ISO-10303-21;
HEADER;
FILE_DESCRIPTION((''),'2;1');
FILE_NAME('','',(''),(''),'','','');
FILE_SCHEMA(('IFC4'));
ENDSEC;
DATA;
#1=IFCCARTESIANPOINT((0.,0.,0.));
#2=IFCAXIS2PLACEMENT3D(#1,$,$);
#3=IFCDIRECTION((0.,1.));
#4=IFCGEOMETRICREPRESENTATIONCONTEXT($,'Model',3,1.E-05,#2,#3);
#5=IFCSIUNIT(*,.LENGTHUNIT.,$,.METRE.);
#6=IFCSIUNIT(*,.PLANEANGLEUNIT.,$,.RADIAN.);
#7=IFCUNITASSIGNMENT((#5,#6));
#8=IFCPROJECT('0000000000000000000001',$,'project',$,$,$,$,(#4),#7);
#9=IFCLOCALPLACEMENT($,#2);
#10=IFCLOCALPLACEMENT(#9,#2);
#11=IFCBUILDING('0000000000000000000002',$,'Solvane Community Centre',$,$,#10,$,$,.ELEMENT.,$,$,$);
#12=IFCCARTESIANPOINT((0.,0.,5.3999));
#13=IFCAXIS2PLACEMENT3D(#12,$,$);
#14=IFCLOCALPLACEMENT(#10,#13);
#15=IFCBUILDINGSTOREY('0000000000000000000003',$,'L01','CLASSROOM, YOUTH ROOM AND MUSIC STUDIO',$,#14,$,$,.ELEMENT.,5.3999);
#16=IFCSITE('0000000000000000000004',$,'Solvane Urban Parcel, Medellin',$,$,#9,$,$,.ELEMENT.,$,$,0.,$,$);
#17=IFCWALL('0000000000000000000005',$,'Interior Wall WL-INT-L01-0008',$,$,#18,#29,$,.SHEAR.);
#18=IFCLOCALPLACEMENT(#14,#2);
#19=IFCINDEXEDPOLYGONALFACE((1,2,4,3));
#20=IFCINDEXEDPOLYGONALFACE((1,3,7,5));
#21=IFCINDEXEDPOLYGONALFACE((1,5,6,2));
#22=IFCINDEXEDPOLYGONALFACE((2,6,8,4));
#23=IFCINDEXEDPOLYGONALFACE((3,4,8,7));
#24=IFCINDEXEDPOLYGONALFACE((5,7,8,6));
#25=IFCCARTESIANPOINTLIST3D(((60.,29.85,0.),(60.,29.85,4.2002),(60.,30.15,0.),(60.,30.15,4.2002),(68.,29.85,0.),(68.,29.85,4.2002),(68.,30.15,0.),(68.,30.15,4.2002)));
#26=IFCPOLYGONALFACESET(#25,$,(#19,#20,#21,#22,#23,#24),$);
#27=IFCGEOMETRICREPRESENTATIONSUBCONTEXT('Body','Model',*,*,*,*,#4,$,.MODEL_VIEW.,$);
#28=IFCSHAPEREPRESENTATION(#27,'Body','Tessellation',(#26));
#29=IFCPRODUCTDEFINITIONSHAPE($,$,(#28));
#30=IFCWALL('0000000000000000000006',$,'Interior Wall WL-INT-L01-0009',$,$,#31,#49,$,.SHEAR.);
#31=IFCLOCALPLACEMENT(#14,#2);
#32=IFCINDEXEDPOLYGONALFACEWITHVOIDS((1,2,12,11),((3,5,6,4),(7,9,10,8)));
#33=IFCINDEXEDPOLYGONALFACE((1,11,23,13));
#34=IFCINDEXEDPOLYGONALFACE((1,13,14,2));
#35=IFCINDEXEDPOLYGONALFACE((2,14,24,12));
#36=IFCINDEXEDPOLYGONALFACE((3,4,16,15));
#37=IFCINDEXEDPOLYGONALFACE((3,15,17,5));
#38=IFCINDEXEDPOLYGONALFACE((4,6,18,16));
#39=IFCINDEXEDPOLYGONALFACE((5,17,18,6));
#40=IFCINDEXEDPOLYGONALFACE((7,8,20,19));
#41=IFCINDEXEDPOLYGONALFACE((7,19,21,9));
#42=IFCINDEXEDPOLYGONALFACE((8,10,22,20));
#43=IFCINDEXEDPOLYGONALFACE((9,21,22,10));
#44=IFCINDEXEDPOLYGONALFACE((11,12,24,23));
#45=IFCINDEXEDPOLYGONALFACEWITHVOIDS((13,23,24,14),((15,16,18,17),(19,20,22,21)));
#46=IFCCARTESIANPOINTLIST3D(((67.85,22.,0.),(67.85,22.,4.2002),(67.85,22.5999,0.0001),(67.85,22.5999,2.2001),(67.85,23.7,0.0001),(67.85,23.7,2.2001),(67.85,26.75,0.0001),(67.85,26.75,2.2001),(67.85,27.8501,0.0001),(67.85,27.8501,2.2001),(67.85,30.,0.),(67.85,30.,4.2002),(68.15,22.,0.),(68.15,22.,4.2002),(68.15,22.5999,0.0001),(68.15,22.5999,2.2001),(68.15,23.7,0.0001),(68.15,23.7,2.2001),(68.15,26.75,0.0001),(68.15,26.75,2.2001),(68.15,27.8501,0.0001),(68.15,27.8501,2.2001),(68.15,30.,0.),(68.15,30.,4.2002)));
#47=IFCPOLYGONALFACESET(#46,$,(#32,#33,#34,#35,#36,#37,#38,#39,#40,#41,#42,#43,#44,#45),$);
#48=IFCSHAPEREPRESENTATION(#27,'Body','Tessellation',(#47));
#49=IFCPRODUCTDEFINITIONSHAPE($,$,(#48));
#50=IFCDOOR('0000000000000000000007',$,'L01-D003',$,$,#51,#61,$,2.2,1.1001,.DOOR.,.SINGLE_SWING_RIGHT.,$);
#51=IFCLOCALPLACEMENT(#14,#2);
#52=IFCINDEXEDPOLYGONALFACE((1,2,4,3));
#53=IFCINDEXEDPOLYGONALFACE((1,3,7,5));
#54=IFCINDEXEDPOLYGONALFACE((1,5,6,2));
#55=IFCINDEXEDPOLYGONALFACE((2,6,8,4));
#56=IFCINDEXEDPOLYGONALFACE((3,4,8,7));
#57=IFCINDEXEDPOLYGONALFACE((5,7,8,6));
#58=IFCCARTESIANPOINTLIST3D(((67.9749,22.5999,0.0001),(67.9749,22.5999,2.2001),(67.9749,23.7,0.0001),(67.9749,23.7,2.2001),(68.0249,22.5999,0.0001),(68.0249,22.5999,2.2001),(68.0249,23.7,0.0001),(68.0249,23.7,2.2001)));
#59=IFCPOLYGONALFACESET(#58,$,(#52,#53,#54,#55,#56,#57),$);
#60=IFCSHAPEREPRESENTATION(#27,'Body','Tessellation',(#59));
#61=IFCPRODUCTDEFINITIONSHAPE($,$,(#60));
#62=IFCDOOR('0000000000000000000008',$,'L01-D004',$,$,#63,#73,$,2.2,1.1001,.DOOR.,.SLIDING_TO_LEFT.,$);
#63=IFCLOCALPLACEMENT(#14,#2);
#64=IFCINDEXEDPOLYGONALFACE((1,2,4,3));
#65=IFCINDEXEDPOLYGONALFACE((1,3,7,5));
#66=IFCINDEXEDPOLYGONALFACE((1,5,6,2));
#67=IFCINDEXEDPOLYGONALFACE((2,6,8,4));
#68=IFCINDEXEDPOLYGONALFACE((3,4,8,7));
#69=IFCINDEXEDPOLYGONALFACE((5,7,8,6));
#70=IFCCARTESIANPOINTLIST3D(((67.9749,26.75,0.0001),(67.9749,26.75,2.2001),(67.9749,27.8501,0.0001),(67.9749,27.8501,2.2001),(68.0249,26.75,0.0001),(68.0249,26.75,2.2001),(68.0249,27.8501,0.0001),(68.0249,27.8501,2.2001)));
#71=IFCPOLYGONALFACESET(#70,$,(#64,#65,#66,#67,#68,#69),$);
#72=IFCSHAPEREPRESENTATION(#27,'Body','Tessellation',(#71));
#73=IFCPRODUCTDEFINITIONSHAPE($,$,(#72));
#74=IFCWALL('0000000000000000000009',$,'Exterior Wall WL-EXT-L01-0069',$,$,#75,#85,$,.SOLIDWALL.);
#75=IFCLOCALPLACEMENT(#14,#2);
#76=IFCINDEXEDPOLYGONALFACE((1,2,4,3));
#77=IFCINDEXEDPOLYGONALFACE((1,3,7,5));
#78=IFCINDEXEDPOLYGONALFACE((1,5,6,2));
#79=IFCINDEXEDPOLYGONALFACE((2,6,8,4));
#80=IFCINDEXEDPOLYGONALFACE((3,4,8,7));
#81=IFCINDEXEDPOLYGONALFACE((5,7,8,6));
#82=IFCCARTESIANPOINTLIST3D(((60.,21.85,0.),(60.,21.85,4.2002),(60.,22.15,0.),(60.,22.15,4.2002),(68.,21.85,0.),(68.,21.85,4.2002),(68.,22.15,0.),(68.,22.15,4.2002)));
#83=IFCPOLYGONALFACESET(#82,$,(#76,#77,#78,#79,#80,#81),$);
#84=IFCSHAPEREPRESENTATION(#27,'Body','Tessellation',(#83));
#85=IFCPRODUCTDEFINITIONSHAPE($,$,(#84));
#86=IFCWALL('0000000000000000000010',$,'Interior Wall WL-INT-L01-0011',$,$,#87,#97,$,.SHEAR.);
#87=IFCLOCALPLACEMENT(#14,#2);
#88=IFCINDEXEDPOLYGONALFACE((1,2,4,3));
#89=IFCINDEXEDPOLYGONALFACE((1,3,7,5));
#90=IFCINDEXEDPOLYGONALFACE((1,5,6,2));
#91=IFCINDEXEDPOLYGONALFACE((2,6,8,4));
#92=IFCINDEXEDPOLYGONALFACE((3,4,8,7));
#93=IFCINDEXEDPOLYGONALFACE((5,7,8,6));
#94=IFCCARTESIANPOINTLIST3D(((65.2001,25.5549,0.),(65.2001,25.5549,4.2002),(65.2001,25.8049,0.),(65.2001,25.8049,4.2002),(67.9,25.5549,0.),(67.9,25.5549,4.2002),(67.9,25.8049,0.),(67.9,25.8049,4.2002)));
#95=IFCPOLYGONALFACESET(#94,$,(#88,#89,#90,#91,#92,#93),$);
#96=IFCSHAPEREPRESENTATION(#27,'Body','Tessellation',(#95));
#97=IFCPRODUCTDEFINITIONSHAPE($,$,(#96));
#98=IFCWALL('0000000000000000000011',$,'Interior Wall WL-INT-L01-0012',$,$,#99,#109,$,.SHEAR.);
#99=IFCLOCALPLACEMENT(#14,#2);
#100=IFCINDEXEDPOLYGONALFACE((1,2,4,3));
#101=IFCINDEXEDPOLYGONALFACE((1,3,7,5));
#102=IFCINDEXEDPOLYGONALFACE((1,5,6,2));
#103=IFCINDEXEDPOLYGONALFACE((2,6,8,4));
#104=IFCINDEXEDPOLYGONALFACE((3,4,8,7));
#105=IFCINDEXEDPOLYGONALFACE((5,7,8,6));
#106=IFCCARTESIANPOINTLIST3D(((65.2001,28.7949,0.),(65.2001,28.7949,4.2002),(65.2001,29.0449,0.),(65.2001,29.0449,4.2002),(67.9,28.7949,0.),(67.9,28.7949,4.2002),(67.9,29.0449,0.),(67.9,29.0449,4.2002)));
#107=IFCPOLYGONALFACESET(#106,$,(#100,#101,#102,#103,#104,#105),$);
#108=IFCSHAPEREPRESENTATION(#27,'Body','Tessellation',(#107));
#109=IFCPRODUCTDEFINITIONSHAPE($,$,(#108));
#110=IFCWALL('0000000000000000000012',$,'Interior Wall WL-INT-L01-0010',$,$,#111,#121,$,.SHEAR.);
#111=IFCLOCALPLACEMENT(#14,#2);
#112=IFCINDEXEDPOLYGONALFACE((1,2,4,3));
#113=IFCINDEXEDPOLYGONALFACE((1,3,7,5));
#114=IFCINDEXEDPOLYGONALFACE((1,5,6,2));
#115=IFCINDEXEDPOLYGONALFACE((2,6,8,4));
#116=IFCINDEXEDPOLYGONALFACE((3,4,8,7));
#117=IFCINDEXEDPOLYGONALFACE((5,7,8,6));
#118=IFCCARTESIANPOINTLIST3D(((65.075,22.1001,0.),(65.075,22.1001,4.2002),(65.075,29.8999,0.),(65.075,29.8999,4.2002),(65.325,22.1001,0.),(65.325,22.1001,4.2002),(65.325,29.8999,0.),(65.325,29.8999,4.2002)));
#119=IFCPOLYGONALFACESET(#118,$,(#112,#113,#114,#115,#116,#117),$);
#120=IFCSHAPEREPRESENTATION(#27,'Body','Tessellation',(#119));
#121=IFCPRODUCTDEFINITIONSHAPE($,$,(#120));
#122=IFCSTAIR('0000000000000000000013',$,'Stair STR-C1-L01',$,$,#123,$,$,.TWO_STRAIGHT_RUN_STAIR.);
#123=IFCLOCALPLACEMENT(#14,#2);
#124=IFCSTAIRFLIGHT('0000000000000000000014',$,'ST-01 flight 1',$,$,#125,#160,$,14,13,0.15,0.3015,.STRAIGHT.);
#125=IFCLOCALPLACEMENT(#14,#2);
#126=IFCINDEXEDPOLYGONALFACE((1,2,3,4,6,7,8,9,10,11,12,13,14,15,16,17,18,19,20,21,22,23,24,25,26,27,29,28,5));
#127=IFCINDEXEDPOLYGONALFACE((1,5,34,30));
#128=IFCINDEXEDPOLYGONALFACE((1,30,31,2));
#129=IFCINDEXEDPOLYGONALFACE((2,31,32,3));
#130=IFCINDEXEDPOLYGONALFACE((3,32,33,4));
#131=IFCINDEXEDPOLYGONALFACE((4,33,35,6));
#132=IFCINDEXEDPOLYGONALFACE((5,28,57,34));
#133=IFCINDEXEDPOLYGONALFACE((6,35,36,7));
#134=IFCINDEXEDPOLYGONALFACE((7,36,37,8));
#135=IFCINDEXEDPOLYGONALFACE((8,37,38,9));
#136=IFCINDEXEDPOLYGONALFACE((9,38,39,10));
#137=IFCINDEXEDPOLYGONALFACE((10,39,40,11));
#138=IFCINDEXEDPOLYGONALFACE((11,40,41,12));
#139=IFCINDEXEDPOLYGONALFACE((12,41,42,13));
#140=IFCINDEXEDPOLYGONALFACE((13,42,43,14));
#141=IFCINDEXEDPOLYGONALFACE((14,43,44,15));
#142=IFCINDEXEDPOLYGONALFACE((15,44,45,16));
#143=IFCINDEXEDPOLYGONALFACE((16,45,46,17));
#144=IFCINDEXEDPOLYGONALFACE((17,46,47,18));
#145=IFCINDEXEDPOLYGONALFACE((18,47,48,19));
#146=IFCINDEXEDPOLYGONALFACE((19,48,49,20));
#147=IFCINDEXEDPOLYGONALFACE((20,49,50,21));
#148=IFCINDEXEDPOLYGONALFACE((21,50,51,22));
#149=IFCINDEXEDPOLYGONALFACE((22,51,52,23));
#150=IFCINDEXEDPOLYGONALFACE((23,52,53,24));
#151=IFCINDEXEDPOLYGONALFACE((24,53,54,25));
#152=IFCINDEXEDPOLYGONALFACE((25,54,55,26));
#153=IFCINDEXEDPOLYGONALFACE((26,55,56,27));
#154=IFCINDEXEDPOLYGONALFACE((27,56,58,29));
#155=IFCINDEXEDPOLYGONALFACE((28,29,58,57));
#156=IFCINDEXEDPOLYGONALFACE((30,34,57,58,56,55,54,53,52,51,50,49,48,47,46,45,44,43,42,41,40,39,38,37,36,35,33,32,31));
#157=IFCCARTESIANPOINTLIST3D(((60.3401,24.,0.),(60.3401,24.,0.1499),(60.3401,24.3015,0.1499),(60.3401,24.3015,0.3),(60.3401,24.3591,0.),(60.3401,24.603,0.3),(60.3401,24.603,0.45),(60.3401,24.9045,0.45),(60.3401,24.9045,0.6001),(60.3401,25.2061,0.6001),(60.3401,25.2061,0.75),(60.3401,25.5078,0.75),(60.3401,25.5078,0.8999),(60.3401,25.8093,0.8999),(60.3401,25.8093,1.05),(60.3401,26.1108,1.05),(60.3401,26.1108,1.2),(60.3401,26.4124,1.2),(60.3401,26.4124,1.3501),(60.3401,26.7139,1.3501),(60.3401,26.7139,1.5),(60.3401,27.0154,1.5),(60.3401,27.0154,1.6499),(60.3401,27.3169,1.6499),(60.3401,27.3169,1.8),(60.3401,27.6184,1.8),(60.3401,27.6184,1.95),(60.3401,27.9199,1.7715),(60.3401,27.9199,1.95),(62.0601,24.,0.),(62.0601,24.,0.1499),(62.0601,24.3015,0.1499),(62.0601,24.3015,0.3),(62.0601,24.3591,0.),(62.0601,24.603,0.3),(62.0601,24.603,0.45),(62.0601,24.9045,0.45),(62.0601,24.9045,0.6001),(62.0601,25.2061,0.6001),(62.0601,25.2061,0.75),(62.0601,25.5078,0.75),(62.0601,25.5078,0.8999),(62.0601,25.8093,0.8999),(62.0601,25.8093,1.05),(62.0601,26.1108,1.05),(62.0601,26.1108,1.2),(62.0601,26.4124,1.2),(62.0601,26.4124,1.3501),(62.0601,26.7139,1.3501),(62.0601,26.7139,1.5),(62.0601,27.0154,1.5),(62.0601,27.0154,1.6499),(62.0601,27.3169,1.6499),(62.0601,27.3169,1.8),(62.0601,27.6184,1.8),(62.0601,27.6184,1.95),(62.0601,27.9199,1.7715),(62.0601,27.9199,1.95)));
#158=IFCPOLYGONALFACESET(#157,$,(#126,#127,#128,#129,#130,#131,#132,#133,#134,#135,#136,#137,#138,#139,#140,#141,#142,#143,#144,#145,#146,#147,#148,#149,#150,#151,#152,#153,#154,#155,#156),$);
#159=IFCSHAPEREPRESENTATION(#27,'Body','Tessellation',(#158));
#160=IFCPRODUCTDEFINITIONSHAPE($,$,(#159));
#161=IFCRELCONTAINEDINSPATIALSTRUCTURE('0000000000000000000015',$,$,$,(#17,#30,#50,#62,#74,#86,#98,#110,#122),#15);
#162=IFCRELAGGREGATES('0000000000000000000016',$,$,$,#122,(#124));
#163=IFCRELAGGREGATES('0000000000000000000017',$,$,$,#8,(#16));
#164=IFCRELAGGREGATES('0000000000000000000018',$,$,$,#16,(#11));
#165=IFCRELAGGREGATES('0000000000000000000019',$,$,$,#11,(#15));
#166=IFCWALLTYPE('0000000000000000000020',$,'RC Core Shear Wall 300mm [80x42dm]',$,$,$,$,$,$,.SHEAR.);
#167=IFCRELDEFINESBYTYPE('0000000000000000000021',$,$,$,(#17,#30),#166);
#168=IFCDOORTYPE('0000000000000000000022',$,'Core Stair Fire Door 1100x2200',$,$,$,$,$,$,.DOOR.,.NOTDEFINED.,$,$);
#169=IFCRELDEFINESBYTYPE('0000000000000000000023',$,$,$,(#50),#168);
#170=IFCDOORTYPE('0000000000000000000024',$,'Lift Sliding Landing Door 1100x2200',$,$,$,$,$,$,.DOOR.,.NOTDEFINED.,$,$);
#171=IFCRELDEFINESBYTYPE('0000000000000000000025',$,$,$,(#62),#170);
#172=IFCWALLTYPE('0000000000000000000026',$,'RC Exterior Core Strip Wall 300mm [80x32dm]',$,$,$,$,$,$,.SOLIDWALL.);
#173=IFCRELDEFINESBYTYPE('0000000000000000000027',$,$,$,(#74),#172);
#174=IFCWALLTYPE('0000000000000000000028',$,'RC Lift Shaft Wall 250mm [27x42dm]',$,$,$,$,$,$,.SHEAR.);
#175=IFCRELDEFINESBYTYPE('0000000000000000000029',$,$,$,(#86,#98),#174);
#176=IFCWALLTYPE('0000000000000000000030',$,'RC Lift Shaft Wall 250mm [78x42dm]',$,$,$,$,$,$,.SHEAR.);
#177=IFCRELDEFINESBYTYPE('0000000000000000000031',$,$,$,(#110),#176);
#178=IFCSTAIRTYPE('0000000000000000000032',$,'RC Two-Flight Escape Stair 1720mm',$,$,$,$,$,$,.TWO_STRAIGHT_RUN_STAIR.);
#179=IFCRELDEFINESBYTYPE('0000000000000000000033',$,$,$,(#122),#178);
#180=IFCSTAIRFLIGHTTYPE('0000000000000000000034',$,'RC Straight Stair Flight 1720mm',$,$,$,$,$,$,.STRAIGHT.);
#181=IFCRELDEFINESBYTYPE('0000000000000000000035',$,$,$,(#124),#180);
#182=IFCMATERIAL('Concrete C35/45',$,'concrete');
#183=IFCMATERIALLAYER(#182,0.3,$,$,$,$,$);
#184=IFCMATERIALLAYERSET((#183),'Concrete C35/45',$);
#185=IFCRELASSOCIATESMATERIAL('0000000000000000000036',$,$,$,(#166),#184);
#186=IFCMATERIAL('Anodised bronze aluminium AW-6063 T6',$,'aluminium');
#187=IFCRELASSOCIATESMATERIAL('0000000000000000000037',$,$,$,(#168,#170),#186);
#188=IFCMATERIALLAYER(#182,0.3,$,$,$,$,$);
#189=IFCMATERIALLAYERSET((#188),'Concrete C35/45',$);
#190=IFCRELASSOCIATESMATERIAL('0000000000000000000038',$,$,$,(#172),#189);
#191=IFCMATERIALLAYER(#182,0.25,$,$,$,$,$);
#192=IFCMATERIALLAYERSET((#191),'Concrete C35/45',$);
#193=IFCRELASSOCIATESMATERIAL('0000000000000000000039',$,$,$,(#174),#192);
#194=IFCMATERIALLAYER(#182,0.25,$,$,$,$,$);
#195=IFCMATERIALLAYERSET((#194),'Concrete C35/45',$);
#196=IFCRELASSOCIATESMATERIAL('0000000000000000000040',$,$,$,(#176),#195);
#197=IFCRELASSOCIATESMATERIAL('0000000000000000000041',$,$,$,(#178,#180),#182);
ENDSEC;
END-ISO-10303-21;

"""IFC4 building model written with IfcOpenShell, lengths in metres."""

from ifc_helpers import new_model, si_unit, direction, frame, frame_2d, origin, place, context, subcontext, project, spatial, polyline, rectangle, outline, extrude, material, layer, layer_set, type_object, element, fill, aggregate, save


model = new_model("IFC4")

# Units and contexts
model_context = context("Model", 3, precision=1e-05, world=origin(), true_north=direction((0.0, 1.0)))
body_context = subcontext(model_context, "Body", "Model", "MODEL_VIEW")
ifc_project = project(units=[si_unit("LENGTHUNIT", "METRE"), si_unit("PLANEANGLEUNIT", "RADIAN")], contexts=[model_context])

# Site, building, storey
site_placement = place(None, origin())
site = spatial("IfcSite", under=ifc_project, at=site_placement, Name="Solvane Urban Parcel, Medellin", CompositionType="ELEMENT", RefElevation=0.0)
building_placement = place(site_placement, origin())
building = spatial("IfcBuilding", under=site, at=building_placement, Name="Solvane Community Centre", CompositionType="ELEMENT")
storey_placement = place(building_placement, frame((0.0, 0.0, 5.3999)))
storey = spatial("IfcBuildingStorey", under=building, at=storey_placement, Name="L01", Description="CLASSROOM, YOUTH ROOM AND MUSIC STUDIO", CompositionType="ELEMENT", Elevation=5.3999)

# Shared definitions
ifc_material_1 = material(Name="Concrete C35/45", Category="concrete")

# Shared definitions
ifc_material_2 = material(Name="Anodised bronze aluminium AW-6063 T6", Category="aluminium")

# Wall
ifc_layer_1 = layer(ifc_material_1, 0.3)
ifc_layer_set_1 = layer_set([ifc_layer_1], Name="Concrete C35/45")
wall_type_1 = type_object("IfcWallType", Name="RC Core Shear Wall 300mm [80x42dm]", PredefinedType="SHEAR", material=ifc_layer_set_1)
wall_1_placement = place(storey_placement, frame((60.0, 30.0, 0.0), z_axis=(0.0, 0.0, 1.0), x_axis=(1.0, 0.0, 0.0)))
element("IfcWall", 1, at=wall_1_placement, inside=storey, type_object=wall_type_1, Name="Interior Wall WL-INT-L01-0008", PredefinedType="SHEAR", context=body_context, shape_type="SweptSolid", body=[
    extrude(rectangle(XDim=8.0, YDim=0.3, at=frame_2d((4.0, 0.0))), origin(), (0.0, 0.0, 1.0), 4.2002),
])

# Wall, openings, doors
wall_2_placement = place(storey_placement, frame((68.0, 30.0, 0.0), z_axis=(0.0, 0.0, 1.0), x_axis=(0.0, -1.0, 0.0)))
wall_2 = element("IfcWall", 2, at=wall_2_placement, inside=storey, type_object=wall_type_1, Name="Interior Wall WL-INT-L01-0009", PredefinedType="SHEAR", context=body_context, shape_type="SweptSolid", body=[
    extrude(rectangle(XDim=8.0, YDim=0.3, at=frame_2d((4.0, 0.0))), origin(), (0.0, 0.0, 1.0), 4.2002),
])
opening_1_placement = place(wall_2_placement, frame((6.3, 0.0, 0.0)))
opening_1 = element("IfcOpeningElement", 3, at=opening_1_placement, cuts=wall_2, PredefinedType="OPENING", context=body_context, shape_type="SweptSolid", body=[
    extrude(rectangle(XDim=1.1001, YDim=2.2, at=frame_2d((0.55, 1.1001))), frame((0.0, 0.1599, 0.0), z_axis=(0.0, -1.0, 0.0), x_axis=(1.0, 0.0, 0.0)), (0.0, 0.0, 1.0), 0.3201),
])
opening_2_placement = place(wall_2_placement, frame((2.1499, 0.0, 0.0)))
opening_2 = element("IfcOpeningElement", 4, at=opening_2_placement, cuts=wall_2, PredefinedType="OPENING", context=body_context, shape_type="SweptSolid", body=[
    extrude(rectangle(XDim=1.1001, YDim=2.2, at=frame_2d((0.55, 1.1001))), frame((0.0, 0.1599, 0.0), z_axis=(0.0, -1.0, 0.0), x_axis=(1.0, 0.0, 0.0)), (0.0, 0.0, 1.0), 0.3201),
])
door_type_1 = type_object("IfcDoorType", Name="Core Stair Fire Door 1100x2200", OperationType="NOTDEFINED", PredefinedType="DOOR", material=ifc_material_2)
door_1_placement = place(opening_1_placement, origin())
door_1 = element("IfcDoor", 5, at=door_1_placement, inside=storey, type_object=door_type_1, Name="L01-D003", OperationType="SINGLE_SWING_RIGHT", OverallHeight=2.2, OverallWidth=1.1001, PredefinedType="DOOR", context=body_context, shape_type="SweptSolid", body=[
    extrude(rectangle(XDim=1.1001, YDim=2.2, at=frame_2d((0.55, 1.1001))), frame((0.0, 0.0249, 0.0), z_axis=(0.0, -1.0, 0.0), x_axis=(1.0, 0.0, 0.0)), (0.0, 0.0, 1.0), 0.05),
])
fill(opening_1, door_1)
door_type_2 = type_object("IfcDoorType", Name="Lift Sliding Landing Door 1100x2200", OperationType="NOTDEFINED", PredefinedType="DOOR", material=ifc_material_2)
door_2_placement = place(opening_2_placement, origin())
door_2 = element("IfcDoor", 6, at=door_2_placement, inside=storey, type_object=door_type_2, Name="L01-D004", OperationType="SLIDING_TO_LEFT", OverallHeight=2.2, OverallWidth=1.1001, PredefinedType="DOOR", context=body_context, shape_type="SweptSolid", body=[
    extrude(rectangle(XDim=1.1001, YDim=2.2, at=frame_2d((0.55, 1.1001))), frame((0.0, 0.0249, 0.0), z_axis=(0.0, -1.0, 0.0), x_axis=(1.0, 0.0, 0.0)), (0.0, 0.0, 1.0), 0.05),
])
fill(opening_2, door_2)

# Walls
ifc_layer_2 = layer(ifc_material_1, 0.3)
ifc_layer_set_2 = layer_set([ifc_layer_2], Name="Concrete C35/45")
wall_type_2 = type_object("IfcWallType", Name="RC Exterior Core Strip Wall 300mm [80x32dm]", PredefinedType="SOLIDWALL", material=ifc_layer_set_2)
wall_3_placement = place(storey_placement, frame((68.0, 22.0, 0.0), z_axis=(0.0, 0.0, 1.0), x_axis=(-1.0, 0.0, 0.0)))
element("IfcWall", 7, at=wall_3_placement, inside=storey, type_object=wall_type_2, Name="Exterior Wall WL-EXT-L01-0069", PredefinedType="SOLIDWALL", context=body_context, shape_type="SweptSolid", body=[
    extrude(rectangle(XDim=8.0, YDim=0.3, at=frame_2d((4.0, 0.0))), origin(), (0.0, 0.0, 1.0), 4.2002),
])
ifc_layer_3 = layer(ifc_material_1, 0.25)
ifc_layer_set_3 = layer_set([ifc_layer_3], Name="Concrete C35/45")
wall_type_3 = type_object("IfcWallType", Name="RC Lift Shaft Wall 250mm [27x42dm]", PredefinedType="SHEAR", material=ifc_layer_set_3)
for number, where, z_axis, x_axis, name in (
    (8, (65.2, 25.6799, 0.0), (0.0, 0.0, 1.0), (1.0, 0.0, 0.0), "Interior Wall WL-INT-L01-0011"),
    (9, (65.2, 28.9199, 0.0), (0.0, 0.0, 1.0), (1.0, 0.0, 0.0), "Interior Wall WL-INT-L01-0012"),
):
    element("IfcWall", number, at=place(storey_placement, frame(where, z_axis=z_axis, x_axis=x_axis)), inside=storey, type_object=wall_type_3, Name=name, PredefinedType="SHEAR", context=body_context, shape_type="SweptSolid", body=[
        extrude(rectangle(XDim=2.7, YDim=0.25, at=frame_2d((1.3501, 0.0))), origin(), (0.0, 0.0, 1.0), 4.2002),
    ])
ifc_layer_4 = layer(ifc_material_1, 0.25)
ifc_layer_set_4 = layer_set([ifc_layer_4], Name="Concrete C35/45")
wall_type_4 = type_object("IfcWallType", Name="RC Lift Shaft Wall 250mm [78x42dm]", PredefinedType="SHEAR", material=ifc_layer_set_4)
wall_4_placement = place(storey_placement, frame((65.2, 22.1001, 0.0), z_axis=(0.0, 0.0, 1.0), x_axis=(0.0, 1.0, 0.0)))
element("IfcWall", 10, at=wall_4_placement, inside=storey, type_object=wall_type_4, Name="Interior Wall WL-INT-L01-0010", PredefinedType="SHEAR", context=body_context, shape_type="SweptSolid", body=[
    extrude(rectangle(XDim=7.7998, YDim=0.25, at=frame_2d((3.8999, 0.0))), origin(), (0.0, 0.0, 1.0), 4.2002),
])

# Stair, stair flight
stair_type = type_object("IfcStairType", Name="RC Two-Flight Escape Stair 1720mm", PredefinedType="TWO_STRAIGHT_RUN_STAIR", material=ifc_material_1)
stair_placement = place(storey_placement, origin())
stair = element("IfcStair", 11, at=stair_placement, inside=storey, type_object=stair_type, Name="Stair STR-C1-L01", PredefinedType="TWO_STRAIGHT_RUN_STAIR")
stair_flight_type = type_object("IfcStairFlightType", Name="RC Straight Stair Flight 1720mm", PredefinedType="STRAIGHT", material=ifc_material_1)
stair_flight_1_placement = place(storey_placement, frame((61.2, 24.0, 0.0), z_axis=(0.0, 0.0, 1.0), x_axis=(0.0, 1.0, 0.0)))
stair_flight_1 = element("IfcStairFlight", 12, at=stair_flight_1_placement, type_object=stair_flight_type, Name="ST-01 flight 1", NumberOfRisers=14, NumberOfTreads=13, PredefinedType="STRAIGHT", RiserHeight=0.15, TreadLength=0.3015, context=body_context, shape_type="SweptSolid", body=[
    extrude(outline(polyline([(0.0, 0.0), (0.0, 0.1499), (0.3015, 0.1499), (0.3015, 0.3), (0.603, 0.3), (0.603, 0.45), (0.9045, 0.45), (0.9045, 0.6001), (1.2061, 0.6001), (1.2061, 0.75), (1.5078, 0.75), (1.5078, 0.8999), (1.8093, 0.8999), (1.8093, 1.05), (2.1108, 1.05), (2.1108, 1.2), (2.4124, 1.2), (2.4124, 1.3501), (2.7139, 1.3501), (2.7139, 1.5), (3.0154, 1.5), (3.0154, 1.6499), (3.3169, 1.6499), (3.3169, 1.8), (3.6184, 1.8), (3.6184, 1.95), (3.9199, 1.95), (3.9199, 2.1001), (3.9199, 1.7715), (0.3591, 0.0), (0.0, 0.0)])), frame((0.0, 0.8599, 0.0), z_axis=(0.0, -1.0, 0.0), x_axis=(1.0, 0.0, 0.0)), (0.0, 0.0, 1.0), 1.72),
])
aggregate(stair, [stair_flight_1])

save(model, "model.ifc")
